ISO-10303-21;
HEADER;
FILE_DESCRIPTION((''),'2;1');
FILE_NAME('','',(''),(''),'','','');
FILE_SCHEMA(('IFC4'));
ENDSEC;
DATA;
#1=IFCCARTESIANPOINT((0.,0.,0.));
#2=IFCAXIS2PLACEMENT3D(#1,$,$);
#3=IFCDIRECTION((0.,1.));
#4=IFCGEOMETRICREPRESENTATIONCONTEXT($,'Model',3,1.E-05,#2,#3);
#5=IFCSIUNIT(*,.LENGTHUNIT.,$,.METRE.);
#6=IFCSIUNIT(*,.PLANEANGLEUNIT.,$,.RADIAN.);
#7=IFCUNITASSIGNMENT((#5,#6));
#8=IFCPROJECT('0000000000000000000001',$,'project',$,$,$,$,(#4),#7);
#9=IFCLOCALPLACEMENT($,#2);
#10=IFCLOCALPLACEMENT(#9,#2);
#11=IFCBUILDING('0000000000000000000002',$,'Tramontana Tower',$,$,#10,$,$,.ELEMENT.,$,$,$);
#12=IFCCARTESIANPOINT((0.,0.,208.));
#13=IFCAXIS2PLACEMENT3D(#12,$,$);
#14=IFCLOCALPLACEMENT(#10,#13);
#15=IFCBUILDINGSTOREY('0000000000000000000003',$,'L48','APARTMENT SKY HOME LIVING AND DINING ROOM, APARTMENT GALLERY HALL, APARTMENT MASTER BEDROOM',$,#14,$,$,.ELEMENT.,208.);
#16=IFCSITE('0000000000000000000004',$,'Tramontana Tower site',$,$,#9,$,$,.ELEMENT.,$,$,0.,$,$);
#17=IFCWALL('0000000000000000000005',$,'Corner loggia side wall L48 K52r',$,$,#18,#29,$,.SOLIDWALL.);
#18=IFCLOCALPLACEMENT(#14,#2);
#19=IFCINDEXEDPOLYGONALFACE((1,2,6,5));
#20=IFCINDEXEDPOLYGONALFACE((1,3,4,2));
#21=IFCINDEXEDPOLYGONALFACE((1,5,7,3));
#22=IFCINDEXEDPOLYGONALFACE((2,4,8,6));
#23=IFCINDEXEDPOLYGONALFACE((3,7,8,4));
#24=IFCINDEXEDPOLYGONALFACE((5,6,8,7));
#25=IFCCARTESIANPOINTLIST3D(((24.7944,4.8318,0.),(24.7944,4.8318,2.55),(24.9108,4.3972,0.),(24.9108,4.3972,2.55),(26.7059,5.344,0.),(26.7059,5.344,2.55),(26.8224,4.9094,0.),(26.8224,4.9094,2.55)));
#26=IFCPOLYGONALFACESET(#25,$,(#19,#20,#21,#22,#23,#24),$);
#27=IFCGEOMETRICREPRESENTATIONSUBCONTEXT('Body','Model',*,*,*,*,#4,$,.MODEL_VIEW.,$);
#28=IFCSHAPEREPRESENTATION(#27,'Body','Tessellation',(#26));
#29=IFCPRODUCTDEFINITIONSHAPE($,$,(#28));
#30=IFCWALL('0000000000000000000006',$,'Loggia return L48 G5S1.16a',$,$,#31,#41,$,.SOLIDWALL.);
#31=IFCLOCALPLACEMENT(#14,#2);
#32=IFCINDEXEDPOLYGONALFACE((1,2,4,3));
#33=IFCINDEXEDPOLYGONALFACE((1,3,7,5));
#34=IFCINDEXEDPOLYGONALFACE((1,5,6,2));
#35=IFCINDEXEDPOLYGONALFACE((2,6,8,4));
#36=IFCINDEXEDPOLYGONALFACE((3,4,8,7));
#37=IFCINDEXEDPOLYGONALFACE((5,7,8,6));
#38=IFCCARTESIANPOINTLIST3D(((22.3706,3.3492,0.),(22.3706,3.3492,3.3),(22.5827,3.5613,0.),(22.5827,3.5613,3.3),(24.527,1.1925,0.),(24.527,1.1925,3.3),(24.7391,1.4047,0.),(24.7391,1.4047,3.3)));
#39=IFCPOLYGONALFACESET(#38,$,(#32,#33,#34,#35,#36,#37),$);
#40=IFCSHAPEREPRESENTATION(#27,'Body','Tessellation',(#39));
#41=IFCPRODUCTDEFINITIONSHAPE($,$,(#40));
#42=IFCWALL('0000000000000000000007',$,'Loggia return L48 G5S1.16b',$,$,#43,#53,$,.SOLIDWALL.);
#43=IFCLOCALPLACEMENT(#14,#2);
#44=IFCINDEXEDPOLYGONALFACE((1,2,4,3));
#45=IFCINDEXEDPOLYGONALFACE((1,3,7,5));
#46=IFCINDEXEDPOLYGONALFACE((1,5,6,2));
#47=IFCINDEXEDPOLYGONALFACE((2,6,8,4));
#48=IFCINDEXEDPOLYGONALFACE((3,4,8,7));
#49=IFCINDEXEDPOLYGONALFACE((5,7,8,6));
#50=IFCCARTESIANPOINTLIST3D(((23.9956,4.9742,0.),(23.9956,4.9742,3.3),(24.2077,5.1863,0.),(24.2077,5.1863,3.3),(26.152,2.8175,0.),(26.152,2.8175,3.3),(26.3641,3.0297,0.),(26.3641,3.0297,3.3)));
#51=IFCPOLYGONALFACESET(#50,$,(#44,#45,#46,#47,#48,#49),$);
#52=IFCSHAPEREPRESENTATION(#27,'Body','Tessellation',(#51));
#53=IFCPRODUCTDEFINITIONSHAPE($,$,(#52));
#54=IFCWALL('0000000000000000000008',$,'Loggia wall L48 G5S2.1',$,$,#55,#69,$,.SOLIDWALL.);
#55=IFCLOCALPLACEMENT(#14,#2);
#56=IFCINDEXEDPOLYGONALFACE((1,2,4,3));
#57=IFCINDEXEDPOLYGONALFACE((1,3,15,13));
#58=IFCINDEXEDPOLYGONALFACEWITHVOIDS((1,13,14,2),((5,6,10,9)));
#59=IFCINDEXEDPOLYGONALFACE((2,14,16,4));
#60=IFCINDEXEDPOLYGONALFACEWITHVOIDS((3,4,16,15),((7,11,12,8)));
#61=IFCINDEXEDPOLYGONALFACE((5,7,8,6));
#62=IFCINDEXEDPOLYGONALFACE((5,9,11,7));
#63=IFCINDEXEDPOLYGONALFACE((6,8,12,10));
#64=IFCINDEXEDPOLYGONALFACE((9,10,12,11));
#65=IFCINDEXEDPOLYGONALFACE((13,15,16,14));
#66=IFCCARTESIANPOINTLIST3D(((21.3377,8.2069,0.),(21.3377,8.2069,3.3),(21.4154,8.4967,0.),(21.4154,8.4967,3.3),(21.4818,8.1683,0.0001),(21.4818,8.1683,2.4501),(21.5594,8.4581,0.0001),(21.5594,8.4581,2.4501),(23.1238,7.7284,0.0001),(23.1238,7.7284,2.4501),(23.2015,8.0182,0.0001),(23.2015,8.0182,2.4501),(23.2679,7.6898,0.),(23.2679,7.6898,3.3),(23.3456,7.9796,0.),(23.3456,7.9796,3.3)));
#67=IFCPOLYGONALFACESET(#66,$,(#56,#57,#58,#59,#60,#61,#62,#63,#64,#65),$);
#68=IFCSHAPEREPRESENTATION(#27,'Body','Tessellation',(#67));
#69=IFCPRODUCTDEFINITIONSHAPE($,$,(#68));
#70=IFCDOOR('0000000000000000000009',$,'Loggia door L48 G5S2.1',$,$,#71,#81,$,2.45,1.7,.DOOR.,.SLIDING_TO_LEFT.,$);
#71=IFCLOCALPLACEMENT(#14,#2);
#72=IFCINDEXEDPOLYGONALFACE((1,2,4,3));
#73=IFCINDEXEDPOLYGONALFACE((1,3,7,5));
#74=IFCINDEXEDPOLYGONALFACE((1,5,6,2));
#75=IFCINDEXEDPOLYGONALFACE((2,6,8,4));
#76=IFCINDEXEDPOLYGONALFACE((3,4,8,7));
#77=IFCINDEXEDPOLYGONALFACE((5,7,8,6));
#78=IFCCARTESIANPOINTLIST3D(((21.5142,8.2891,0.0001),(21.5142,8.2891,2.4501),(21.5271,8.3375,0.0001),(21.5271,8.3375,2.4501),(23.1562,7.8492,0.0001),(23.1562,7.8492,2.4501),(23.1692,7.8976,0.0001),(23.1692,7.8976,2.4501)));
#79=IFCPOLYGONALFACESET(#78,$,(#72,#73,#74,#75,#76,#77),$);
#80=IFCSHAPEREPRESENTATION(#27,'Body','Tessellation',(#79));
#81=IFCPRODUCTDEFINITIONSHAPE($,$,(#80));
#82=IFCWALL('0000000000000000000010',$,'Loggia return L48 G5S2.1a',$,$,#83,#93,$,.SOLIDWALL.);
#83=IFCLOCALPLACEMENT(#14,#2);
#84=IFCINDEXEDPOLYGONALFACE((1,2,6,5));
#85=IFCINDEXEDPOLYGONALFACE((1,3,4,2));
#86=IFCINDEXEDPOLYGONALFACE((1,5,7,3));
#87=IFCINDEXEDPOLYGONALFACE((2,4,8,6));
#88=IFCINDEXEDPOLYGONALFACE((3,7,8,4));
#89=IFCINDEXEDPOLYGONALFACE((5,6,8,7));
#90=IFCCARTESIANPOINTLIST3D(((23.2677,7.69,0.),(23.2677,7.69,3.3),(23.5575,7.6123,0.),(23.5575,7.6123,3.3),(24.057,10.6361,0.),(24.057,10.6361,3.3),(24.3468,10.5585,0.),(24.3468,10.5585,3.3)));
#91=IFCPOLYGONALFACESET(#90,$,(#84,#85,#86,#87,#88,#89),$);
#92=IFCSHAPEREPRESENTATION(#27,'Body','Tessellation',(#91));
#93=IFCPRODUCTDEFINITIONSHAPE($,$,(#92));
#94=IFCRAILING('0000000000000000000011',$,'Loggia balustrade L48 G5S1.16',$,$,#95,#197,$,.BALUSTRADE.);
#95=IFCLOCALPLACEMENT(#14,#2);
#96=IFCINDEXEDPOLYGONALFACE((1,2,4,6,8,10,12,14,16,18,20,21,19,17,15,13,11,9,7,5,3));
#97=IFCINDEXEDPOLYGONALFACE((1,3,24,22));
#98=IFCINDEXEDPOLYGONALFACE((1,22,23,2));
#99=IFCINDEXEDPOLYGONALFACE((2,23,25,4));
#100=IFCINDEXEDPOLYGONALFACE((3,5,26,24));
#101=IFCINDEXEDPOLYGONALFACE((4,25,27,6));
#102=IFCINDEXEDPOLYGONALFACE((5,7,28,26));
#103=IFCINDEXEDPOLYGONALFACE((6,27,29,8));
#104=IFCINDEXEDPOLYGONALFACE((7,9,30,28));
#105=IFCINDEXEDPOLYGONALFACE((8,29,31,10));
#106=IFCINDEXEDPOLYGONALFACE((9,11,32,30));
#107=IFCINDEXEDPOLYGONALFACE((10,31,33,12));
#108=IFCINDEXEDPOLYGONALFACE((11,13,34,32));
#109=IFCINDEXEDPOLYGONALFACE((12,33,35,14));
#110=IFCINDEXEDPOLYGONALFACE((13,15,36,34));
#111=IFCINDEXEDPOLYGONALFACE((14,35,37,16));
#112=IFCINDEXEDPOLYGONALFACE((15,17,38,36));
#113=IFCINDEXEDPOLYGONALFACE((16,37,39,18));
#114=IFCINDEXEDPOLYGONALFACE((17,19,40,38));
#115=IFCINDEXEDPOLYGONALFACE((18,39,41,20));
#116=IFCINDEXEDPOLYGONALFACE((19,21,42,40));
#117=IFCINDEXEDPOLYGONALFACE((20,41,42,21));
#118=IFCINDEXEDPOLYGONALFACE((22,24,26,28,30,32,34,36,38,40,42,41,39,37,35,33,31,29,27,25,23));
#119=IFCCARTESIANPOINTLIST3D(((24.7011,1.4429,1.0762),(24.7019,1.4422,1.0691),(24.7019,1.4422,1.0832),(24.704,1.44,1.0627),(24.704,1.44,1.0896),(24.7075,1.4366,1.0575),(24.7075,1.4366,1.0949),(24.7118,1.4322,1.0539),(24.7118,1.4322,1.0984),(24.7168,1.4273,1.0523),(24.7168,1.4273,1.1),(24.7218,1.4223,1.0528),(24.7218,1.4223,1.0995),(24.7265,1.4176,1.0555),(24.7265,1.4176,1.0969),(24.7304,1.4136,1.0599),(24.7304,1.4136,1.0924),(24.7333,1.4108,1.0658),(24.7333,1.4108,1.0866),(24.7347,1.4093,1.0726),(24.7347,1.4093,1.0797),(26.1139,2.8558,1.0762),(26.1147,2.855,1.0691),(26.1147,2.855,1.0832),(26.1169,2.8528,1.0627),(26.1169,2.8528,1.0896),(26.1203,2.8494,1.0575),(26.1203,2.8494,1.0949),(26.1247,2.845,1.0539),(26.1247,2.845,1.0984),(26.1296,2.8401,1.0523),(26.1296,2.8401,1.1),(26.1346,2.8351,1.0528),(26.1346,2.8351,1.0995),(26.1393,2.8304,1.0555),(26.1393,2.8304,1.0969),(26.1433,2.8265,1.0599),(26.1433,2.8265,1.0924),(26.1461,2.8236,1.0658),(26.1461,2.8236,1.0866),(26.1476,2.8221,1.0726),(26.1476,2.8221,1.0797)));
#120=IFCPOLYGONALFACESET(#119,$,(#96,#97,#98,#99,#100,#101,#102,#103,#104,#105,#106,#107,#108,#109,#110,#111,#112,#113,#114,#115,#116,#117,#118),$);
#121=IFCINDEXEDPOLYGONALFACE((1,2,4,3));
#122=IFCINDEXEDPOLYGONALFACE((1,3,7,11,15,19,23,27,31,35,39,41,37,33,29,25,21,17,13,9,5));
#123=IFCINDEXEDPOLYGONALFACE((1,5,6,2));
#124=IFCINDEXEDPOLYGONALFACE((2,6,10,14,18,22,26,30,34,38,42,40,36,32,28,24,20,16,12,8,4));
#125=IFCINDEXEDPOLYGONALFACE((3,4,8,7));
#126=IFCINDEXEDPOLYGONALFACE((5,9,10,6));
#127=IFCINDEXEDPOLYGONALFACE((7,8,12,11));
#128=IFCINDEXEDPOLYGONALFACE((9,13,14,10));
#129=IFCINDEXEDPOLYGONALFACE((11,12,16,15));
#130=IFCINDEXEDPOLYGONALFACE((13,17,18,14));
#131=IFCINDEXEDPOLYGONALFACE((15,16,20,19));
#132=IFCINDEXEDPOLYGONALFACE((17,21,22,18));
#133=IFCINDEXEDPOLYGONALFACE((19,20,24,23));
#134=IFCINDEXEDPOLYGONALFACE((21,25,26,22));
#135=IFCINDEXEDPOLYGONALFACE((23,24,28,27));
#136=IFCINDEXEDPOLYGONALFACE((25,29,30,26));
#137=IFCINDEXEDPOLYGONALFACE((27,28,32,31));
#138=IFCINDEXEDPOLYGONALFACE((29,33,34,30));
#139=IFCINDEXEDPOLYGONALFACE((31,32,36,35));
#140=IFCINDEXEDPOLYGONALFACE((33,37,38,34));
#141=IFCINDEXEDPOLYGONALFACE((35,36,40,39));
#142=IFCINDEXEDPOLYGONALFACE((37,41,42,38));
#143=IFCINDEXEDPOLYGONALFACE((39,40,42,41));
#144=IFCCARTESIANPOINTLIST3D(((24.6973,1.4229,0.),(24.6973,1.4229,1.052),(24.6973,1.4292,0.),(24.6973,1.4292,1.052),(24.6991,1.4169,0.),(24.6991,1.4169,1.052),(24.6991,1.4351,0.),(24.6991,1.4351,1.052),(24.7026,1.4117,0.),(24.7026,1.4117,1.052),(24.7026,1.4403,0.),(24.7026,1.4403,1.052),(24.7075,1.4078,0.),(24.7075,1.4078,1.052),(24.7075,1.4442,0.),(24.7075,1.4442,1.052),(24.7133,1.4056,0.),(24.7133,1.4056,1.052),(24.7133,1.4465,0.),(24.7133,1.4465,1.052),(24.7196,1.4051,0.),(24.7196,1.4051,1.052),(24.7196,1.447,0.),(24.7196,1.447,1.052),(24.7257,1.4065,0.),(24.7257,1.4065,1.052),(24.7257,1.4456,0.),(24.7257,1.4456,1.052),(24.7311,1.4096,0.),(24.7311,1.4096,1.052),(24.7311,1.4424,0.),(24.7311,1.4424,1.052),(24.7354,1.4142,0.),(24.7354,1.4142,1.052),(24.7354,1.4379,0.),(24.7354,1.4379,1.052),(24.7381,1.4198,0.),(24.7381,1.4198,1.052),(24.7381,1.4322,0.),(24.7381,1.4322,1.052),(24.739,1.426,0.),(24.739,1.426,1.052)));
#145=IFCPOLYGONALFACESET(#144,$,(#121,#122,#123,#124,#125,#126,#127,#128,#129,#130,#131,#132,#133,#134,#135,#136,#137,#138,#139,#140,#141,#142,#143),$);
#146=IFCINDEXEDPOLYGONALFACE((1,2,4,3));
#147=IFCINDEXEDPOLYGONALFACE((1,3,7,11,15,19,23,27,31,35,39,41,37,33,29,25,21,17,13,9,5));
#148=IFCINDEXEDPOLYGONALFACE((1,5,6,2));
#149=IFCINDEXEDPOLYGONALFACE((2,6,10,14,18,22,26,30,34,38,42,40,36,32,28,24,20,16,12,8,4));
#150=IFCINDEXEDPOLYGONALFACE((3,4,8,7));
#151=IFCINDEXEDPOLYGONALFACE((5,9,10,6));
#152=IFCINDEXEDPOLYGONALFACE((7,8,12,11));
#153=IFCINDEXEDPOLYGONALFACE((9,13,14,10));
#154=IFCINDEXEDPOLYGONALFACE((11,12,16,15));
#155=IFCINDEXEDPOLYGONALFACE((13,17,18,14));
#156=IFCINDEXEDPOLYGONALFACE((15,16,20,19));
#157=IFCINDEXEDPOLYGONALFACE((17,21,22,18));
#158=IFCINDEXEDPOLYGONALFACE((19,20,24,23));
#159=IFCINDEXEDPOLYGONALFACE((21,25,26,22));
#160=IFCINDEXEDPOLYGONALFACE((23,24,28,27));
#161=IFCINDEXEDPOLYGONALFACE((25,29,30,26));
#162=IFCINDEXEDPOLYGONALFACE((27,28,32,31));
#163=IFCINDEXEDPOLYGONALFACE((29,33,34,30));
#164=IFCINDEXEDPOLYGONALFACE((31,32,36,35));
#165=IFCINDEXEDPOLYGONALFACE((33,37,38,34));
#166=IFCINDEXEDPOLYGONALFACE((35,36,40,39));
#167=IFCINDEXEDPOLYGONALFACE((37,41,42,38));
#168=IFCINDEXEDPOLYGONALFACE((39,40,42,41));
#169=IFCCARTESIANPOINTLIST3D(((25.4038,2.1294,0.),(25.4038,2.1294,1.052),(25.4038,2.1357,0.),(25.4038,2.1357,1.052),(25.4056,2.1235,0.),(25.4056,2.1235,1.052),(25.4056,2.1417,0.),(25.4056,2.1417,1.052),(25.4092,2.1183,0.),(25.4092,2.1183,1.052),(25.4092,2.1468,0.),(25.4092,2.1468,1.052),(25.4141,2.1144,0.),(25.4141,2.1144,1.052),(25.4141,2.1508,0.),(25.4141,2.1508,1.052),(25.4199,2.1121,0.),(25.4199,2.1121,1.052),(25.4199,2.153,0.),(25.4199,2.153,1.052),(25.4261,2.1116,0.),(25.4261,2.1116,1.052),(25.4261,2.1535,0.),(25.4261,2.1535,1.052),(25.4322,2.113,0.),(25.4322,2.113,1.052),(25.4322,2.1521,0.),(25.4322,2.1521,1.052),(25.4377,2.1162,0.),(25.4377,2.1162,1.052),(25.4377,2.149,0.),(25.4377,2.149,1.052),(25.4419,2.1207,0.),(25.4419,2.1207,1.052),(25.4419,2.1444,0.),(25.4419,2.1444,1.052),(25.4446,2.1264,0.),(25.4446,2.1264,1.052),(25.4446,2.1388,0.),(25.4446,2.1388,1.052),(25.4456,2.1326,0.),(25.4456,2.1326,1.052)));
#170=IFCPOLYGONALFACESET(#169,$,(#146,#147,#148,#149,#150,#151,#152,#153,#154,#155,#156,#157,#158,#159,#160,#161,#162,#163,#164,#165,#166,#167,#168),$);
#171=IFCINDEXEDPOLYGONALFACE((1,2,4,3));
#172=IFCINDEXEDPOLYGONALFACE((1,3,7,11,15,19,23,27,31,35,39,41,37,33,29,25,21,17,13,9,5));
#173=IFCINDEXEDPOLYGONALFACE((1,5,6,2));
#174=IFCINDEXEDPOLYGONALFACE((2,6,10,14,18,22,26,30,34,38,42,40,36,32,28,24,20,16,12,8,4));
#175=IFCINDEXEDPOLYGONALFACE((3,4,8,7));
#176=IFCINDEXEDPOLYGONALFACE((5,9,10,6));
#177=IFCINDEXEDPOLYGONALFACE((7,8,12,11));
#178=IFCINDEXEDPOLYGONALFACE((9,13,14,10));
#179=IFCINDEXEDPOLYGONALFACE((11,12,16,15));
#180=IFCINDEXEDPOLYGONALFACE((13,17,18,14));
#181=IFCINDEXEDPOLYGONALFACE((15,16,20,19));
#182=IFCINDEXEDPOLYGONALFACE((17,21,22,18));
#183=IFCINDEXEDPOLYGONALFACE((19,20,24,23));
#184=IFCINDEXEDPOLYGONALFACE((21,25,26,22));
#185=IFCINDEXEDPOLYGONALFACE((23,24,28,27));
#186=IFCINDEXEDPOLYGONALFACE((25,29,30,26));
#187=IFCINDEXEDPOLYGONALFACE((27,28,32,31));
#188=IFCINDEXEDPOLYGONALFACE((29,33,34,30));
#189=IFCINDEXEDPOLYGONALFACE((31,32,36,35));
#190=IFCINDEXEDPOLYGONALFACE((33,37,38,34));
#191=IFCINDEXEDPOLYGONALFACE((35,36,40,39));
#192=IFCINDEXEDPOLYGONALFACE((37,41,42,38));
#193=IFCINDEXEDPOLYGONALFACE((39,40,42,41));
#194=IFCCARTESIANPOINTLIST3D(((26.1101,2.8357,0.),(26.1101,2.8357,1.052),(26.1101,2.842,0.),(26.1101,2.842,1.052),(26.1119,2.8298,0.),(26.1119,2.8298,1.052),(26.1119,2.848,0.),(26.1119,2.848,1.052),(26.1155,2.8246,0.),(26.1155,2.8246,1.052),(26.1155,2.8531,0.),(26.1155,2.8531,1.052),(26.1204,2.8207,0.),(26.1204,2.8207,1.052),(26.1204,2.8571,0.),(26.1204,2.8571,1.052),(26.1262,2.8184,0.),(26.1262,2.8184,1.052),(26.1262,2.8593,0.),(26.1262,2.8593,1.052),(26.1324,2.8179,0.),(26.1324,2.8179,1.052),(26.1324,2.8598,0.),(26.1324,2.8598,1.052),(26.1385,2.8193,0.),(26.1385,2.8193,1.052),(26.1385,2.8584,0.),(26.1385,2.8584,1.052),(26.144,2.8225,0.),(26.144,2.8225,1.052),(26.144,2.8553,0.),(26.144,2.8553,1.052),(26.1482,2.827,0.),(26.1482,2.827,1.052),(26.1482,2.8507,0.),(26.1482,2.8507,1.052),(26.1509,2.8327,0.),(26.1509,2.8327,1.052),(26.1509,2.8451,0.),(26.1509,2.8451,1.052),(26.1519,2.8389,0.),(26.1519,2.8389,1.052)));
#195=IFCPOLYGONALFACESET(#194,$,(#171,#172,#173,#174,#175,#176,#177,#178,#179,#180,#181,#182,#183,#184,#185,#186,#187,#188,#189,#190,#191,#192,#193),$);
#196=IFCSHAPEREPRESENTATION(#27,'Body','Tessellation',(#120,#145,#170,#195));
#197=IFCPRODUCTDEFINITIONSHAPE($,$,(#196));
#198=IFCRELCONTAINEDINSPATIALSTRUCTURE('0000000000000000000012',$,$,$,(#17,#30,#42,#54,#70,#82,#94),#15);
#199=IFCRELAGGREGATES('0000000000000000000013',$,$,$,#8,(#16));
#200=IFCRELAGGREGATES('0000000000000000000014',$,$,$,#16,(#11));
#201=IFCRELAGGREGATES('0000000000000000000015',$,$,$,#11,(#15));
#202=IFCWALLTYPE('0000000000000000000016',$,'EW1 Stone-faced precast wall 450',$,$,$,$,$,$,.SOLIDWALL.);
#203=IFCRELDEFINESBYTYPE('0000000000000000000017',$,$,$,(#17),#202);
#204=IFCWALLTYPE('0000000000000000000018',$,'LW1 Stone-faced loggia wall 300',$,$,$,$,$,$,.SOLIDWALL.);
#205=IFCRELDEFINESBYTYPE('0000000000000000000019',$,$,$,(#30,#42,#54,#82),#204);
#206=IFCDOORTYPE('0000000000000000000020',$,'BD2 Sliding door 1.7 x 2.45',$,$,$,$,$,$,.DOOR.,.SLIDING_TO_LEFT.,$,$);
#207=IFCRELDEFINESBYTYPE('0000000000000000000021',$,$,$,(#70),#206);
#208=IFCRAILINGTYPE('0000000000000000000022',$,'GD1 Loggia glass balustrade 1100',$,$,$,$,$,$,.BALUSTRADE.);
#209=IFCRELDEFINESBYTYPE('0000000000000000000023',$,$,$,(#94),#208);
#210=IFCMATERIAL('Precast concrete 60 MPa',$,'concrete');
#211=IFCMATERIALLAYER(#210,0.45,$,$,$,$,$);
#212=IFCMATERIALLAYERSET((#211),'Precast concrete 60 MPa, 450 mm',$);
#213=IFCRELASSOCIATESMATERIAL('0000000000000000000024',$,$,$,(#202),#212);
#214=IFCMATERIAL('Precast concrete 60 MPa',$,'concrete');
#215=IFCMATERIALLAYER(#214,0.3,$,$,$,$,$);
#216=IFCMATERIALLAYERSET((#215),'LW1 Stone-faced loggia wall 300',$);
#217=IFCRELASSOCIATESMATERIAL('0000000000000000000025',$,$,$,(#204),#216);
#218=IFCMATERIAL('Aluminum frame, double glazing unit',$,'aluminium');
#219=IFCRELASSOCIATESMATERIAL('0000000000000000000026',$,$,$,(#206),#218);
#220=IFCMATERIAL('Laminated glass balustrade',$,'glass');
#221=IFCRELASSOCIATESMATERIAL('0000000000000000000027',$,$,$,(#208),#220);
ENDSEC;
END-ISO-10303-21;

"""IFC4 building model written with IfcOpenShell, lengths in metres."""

from ifc_helpers import new_model, si_unit, direction, frame, frame_2d, origin, origin_2d, place, context, subcontext, project, spatial, rectangle, circle, extrude, material, layer, layer_set, type_object, element, fill, save


model = new_model("IFC4")

# Units and contexts
model_context = context("Model", 3, precision=1e-05, world=origin(), true_north=direction((0.0, 1.0)))
body_context = subcontext(model_context, "Body", "Model", "MODEL_VIEW")
ifc_project = project(units=[si_unit("LENGTHUNIT", "METRE"), si_unit("PLANEANGLEUNIT", "RADIAN")], contexts=[model_context])

# Site, building, storey
site_placement = place(None, origin())
site = spatial("IfcSite", under=ifc_project, at=site_placement, Name="Tramontana Tower site", CompositionType="ELEMENT", RefElevation=0.0)
building_placement = place(site_placement, origin())
building = spatial("IfcBuilding", under=site, at=building_placement, Name="Tramontana Tower", CompositionType="ELEMENT")
storey_placement = place(building_placement, frame((0.0, 0.0, 208.0)))
storey = spatial("IfcBuildingStorey", under=building, at=storey_placement, Name="L48", Description="APARTMENT SKY HOME LIVING AND DINING ROOM, APARTMENT GALLERY HALL, APARTMENT MASTER BEDROOM", CompositionType="ELEMENT", Elevation=208.0)

# Shared definitions
ifc_material_1 = material(Name="Precast concrete 60 MPa", Category="concrete")
ifc_layer_1 = layer(ifc_material_1, 0.45)
ifc_layer_set_1 = layer_set([ifc_layer_1], Name="Precast concrete 60 MPa, 450 mm")
wall_type_1 = type_object("IfcWallType", Name="EW1 Stone-faced precast wall 450", PredefinedType="SOLIDWALL", material=ifc_layer_set_1)

# Wall
wall_1_placement = place(storey_placement, frame((26.7642, 5.1267, 0.0), z_axis=(0.0, 0.0, 1.0), x_axis=(-0.965927, -0.258814, 0.0)))
element("IfcWall", 1, at=wall_1_placement, inside=storey, type_object=wall_type_1, Name="Corner loggia side wall L48 K52r", PredefinedType="SOLIDWALL", context=body_context, shape_type="SweptSolid", body=[
    extrude(rectangle(XDim=1.979, YDim=0.45, at=frame_2d((0.9895, 0.0))), origin(), (0.0, 0.0, 1.0), 2.55),
])

# Walls
ifc_material_2 = material(Name="Precast concrete 60 MPa", Category="concrete")
ifc_layer_2 = layer(ifc_material_2, 0.3)
ifc_layer_set_2 = layer_set([ifc_layer_2], Name="LW1 Stone-faced loggia wall 300")
wall_type_2 = type_object("IfcWallType", Name="LW1 Stone-faced loggia wall 300", PredefinedType="SOLIDWALL", material=ifc_layer_set_2)
for number, where, z_axis, x_axis, name in (
    (2, (24.6331, 1.2986, 0.0), (0.0, 0.0, 1.0), (-0.707067, 0.707147, 0.0), "Loggia return L48 G5S1.16a"),
    (3, (26.2581, 2.9236, 0.0), (0.0, 0.0, 1.0), (-0.707067, 0.707147, 0.0), "Loggia return L48 G5S1.16b"),
):
    element("IfcWall", number, at=place(storey_placement, frame(where, z_axis=z_axis, x_axis=x_axis)), inside=storey, type_object=wall_type_2, Name=name, PredefinedType="SOLIDWALL", context=body_context, shape_type="SweptSolid", body=[
        extrude(rectangle(XDim=3.0498, YDim=0.3, at=frame_2d((1.5249, 0.0))), origin(), (0.0, 0.0, 1.0), 3.3),
    ])

# Wall, opening, door
wall_2_placement = place(storey_placement, frame((23.3066, 7.8347, 0.0), z_axis=(0.0, 0.0, 1.0), x_axis=(-0.965938, 0.258773, 0.0)))
wall_2 = element("IfcWall", 4, at=wall_2_placement, inside=storey, type_object=wall_type_2, Name="Loggia wall L48 G5S2.1", PredefinedType="SOLIDWALL", context=body_context, shape_type="SweptSolid", body=[
    extrude(rectangle(XDim=1.9983, YDim=0.3, at=frame_2d((0.999, 0.0))), origin(), (0.0, 0.0, 1.0), 3.3),
])
opening_1_placement = place(wall_2_placement, frame((0.1489, 0.0, 0.0)))
opening_1 = element("IfcOpeningElement", 5, at=opening_1_placement, cuts=wall_2, PredefinedType="OPENING", context=body_context, shape_type="SweptSolid", body=[
    extrude(rectangle(XDim=1.7, YDim=2.45, at=frame_2d((0.8501, 1.2251))), frame((0.0, 0.1599, 0.0), z_axis=(0.0, -1.0, 0.0), x_axis=(1.0, 0.0, 0.0)), (0.0, 0.0, 1.0), 0.3201),
])
ifc_material_3 = material(Name="Aluminum frame, double glazing unit", Category="aluminium")
door_type_1 = type_object("IfcDoorType", Name="BD2 Sliding door 1.7 x 2.45", OperationType="SLIDING_TO_LEFT", PredefinedType="DOOR", material=ifc_material_3)
door_1_placement = place(opening_1_placement, origin())
door_1 = element("IfcDoor", 6, at=door_1_placement, inside=storey, type_object=door_type_1, Name="Loggia door L48 G5S2.1", OperationType="SLIDING_TO_LEFT", OverallHeight=2.45, OverallWidth=1.7, PredefinedType="DOOR", context=body_context, shape_type="SweptSolid", body=[
    extrude(rectangle(XDim=1.7, YDim=2.45, at=frame_2d((0.8501, 1.2251))), frame((0.0, 0.0249, 0.0), z_axis=(0.0, -1.0, 0.0), x_axis=(1.0, 0.0, 0.0)), (0.0, 0.0, 1.0), 0.05),
])
fill(opening_1, door_1)

# Wall
wall_3_placement = place(storey_placement, frame((24.2019, 10.5972, 0.0), z_axis=(0.0, 0.0, 1.0), x_axis=(-0.258793, -0.965933, 0.0)))
element("IfcWall", 7, at=wall_3_placement, inside=storey, type_object=wall_type_2, Name="Loggia return L48 G5S2.1a", PredefinedType="SOLIDWALL", context=body_context, shape_type="SweptSolid", body=[
    extrude(rectangle(XDim=3.05, YDim=0.3, at=frame_2d((1.5249, 0.0))), origin(), (0.0, 0.0, 1.0), 3.3),
])

# Railing
ifc_material_4 = material(Name="Laminated glass balustrade", Category="glass")
railing_type = type_object("IfcRailingType", Name="GD1 Loggia glass balustrade 1100", PredefinedType="BALUSTRADE", material=ifc_material_4)
railing_1_placement = place(storey_placement, frame((24.718, 1.426, 0.0)))
element("IfcRailing", 8, at=railing_1_placement, inside=storey, type_object=railing_type, Name="Loggia balustrade L48 G5S1.16", PredefinedType="BALUSTRADE", context=body_context, shape_type="SweptSolid", body=[
    extrude(circle(Radius=0.0239, at=origin_2d()), frame((0.0, 0.0, 1.0762), z_axis=(0.707107, 0.707107, 0.0), x_axis=(-0.707107, 0.707107, 0.0)), (0.0, 0.0, 1.0), 1.998),
    extrude(circle(Radius=0.021, at=origin_2d()), origin(), (0.0, 0.0, 1.0), 1.052),
    extrude(circle(Radius=0.021, at=origin_2d()), frame((0.7065, 0.7065, 0.0)), (0.0, 0.0, 1.0), 1.052),
    extrude(circle(Radius=0.021, at=origin_2d()), frame((1.4128, 1.4128, 0.0)), (0.0, 0.0, 1.0), 1.052),
])

save(model, "model.ifc")
